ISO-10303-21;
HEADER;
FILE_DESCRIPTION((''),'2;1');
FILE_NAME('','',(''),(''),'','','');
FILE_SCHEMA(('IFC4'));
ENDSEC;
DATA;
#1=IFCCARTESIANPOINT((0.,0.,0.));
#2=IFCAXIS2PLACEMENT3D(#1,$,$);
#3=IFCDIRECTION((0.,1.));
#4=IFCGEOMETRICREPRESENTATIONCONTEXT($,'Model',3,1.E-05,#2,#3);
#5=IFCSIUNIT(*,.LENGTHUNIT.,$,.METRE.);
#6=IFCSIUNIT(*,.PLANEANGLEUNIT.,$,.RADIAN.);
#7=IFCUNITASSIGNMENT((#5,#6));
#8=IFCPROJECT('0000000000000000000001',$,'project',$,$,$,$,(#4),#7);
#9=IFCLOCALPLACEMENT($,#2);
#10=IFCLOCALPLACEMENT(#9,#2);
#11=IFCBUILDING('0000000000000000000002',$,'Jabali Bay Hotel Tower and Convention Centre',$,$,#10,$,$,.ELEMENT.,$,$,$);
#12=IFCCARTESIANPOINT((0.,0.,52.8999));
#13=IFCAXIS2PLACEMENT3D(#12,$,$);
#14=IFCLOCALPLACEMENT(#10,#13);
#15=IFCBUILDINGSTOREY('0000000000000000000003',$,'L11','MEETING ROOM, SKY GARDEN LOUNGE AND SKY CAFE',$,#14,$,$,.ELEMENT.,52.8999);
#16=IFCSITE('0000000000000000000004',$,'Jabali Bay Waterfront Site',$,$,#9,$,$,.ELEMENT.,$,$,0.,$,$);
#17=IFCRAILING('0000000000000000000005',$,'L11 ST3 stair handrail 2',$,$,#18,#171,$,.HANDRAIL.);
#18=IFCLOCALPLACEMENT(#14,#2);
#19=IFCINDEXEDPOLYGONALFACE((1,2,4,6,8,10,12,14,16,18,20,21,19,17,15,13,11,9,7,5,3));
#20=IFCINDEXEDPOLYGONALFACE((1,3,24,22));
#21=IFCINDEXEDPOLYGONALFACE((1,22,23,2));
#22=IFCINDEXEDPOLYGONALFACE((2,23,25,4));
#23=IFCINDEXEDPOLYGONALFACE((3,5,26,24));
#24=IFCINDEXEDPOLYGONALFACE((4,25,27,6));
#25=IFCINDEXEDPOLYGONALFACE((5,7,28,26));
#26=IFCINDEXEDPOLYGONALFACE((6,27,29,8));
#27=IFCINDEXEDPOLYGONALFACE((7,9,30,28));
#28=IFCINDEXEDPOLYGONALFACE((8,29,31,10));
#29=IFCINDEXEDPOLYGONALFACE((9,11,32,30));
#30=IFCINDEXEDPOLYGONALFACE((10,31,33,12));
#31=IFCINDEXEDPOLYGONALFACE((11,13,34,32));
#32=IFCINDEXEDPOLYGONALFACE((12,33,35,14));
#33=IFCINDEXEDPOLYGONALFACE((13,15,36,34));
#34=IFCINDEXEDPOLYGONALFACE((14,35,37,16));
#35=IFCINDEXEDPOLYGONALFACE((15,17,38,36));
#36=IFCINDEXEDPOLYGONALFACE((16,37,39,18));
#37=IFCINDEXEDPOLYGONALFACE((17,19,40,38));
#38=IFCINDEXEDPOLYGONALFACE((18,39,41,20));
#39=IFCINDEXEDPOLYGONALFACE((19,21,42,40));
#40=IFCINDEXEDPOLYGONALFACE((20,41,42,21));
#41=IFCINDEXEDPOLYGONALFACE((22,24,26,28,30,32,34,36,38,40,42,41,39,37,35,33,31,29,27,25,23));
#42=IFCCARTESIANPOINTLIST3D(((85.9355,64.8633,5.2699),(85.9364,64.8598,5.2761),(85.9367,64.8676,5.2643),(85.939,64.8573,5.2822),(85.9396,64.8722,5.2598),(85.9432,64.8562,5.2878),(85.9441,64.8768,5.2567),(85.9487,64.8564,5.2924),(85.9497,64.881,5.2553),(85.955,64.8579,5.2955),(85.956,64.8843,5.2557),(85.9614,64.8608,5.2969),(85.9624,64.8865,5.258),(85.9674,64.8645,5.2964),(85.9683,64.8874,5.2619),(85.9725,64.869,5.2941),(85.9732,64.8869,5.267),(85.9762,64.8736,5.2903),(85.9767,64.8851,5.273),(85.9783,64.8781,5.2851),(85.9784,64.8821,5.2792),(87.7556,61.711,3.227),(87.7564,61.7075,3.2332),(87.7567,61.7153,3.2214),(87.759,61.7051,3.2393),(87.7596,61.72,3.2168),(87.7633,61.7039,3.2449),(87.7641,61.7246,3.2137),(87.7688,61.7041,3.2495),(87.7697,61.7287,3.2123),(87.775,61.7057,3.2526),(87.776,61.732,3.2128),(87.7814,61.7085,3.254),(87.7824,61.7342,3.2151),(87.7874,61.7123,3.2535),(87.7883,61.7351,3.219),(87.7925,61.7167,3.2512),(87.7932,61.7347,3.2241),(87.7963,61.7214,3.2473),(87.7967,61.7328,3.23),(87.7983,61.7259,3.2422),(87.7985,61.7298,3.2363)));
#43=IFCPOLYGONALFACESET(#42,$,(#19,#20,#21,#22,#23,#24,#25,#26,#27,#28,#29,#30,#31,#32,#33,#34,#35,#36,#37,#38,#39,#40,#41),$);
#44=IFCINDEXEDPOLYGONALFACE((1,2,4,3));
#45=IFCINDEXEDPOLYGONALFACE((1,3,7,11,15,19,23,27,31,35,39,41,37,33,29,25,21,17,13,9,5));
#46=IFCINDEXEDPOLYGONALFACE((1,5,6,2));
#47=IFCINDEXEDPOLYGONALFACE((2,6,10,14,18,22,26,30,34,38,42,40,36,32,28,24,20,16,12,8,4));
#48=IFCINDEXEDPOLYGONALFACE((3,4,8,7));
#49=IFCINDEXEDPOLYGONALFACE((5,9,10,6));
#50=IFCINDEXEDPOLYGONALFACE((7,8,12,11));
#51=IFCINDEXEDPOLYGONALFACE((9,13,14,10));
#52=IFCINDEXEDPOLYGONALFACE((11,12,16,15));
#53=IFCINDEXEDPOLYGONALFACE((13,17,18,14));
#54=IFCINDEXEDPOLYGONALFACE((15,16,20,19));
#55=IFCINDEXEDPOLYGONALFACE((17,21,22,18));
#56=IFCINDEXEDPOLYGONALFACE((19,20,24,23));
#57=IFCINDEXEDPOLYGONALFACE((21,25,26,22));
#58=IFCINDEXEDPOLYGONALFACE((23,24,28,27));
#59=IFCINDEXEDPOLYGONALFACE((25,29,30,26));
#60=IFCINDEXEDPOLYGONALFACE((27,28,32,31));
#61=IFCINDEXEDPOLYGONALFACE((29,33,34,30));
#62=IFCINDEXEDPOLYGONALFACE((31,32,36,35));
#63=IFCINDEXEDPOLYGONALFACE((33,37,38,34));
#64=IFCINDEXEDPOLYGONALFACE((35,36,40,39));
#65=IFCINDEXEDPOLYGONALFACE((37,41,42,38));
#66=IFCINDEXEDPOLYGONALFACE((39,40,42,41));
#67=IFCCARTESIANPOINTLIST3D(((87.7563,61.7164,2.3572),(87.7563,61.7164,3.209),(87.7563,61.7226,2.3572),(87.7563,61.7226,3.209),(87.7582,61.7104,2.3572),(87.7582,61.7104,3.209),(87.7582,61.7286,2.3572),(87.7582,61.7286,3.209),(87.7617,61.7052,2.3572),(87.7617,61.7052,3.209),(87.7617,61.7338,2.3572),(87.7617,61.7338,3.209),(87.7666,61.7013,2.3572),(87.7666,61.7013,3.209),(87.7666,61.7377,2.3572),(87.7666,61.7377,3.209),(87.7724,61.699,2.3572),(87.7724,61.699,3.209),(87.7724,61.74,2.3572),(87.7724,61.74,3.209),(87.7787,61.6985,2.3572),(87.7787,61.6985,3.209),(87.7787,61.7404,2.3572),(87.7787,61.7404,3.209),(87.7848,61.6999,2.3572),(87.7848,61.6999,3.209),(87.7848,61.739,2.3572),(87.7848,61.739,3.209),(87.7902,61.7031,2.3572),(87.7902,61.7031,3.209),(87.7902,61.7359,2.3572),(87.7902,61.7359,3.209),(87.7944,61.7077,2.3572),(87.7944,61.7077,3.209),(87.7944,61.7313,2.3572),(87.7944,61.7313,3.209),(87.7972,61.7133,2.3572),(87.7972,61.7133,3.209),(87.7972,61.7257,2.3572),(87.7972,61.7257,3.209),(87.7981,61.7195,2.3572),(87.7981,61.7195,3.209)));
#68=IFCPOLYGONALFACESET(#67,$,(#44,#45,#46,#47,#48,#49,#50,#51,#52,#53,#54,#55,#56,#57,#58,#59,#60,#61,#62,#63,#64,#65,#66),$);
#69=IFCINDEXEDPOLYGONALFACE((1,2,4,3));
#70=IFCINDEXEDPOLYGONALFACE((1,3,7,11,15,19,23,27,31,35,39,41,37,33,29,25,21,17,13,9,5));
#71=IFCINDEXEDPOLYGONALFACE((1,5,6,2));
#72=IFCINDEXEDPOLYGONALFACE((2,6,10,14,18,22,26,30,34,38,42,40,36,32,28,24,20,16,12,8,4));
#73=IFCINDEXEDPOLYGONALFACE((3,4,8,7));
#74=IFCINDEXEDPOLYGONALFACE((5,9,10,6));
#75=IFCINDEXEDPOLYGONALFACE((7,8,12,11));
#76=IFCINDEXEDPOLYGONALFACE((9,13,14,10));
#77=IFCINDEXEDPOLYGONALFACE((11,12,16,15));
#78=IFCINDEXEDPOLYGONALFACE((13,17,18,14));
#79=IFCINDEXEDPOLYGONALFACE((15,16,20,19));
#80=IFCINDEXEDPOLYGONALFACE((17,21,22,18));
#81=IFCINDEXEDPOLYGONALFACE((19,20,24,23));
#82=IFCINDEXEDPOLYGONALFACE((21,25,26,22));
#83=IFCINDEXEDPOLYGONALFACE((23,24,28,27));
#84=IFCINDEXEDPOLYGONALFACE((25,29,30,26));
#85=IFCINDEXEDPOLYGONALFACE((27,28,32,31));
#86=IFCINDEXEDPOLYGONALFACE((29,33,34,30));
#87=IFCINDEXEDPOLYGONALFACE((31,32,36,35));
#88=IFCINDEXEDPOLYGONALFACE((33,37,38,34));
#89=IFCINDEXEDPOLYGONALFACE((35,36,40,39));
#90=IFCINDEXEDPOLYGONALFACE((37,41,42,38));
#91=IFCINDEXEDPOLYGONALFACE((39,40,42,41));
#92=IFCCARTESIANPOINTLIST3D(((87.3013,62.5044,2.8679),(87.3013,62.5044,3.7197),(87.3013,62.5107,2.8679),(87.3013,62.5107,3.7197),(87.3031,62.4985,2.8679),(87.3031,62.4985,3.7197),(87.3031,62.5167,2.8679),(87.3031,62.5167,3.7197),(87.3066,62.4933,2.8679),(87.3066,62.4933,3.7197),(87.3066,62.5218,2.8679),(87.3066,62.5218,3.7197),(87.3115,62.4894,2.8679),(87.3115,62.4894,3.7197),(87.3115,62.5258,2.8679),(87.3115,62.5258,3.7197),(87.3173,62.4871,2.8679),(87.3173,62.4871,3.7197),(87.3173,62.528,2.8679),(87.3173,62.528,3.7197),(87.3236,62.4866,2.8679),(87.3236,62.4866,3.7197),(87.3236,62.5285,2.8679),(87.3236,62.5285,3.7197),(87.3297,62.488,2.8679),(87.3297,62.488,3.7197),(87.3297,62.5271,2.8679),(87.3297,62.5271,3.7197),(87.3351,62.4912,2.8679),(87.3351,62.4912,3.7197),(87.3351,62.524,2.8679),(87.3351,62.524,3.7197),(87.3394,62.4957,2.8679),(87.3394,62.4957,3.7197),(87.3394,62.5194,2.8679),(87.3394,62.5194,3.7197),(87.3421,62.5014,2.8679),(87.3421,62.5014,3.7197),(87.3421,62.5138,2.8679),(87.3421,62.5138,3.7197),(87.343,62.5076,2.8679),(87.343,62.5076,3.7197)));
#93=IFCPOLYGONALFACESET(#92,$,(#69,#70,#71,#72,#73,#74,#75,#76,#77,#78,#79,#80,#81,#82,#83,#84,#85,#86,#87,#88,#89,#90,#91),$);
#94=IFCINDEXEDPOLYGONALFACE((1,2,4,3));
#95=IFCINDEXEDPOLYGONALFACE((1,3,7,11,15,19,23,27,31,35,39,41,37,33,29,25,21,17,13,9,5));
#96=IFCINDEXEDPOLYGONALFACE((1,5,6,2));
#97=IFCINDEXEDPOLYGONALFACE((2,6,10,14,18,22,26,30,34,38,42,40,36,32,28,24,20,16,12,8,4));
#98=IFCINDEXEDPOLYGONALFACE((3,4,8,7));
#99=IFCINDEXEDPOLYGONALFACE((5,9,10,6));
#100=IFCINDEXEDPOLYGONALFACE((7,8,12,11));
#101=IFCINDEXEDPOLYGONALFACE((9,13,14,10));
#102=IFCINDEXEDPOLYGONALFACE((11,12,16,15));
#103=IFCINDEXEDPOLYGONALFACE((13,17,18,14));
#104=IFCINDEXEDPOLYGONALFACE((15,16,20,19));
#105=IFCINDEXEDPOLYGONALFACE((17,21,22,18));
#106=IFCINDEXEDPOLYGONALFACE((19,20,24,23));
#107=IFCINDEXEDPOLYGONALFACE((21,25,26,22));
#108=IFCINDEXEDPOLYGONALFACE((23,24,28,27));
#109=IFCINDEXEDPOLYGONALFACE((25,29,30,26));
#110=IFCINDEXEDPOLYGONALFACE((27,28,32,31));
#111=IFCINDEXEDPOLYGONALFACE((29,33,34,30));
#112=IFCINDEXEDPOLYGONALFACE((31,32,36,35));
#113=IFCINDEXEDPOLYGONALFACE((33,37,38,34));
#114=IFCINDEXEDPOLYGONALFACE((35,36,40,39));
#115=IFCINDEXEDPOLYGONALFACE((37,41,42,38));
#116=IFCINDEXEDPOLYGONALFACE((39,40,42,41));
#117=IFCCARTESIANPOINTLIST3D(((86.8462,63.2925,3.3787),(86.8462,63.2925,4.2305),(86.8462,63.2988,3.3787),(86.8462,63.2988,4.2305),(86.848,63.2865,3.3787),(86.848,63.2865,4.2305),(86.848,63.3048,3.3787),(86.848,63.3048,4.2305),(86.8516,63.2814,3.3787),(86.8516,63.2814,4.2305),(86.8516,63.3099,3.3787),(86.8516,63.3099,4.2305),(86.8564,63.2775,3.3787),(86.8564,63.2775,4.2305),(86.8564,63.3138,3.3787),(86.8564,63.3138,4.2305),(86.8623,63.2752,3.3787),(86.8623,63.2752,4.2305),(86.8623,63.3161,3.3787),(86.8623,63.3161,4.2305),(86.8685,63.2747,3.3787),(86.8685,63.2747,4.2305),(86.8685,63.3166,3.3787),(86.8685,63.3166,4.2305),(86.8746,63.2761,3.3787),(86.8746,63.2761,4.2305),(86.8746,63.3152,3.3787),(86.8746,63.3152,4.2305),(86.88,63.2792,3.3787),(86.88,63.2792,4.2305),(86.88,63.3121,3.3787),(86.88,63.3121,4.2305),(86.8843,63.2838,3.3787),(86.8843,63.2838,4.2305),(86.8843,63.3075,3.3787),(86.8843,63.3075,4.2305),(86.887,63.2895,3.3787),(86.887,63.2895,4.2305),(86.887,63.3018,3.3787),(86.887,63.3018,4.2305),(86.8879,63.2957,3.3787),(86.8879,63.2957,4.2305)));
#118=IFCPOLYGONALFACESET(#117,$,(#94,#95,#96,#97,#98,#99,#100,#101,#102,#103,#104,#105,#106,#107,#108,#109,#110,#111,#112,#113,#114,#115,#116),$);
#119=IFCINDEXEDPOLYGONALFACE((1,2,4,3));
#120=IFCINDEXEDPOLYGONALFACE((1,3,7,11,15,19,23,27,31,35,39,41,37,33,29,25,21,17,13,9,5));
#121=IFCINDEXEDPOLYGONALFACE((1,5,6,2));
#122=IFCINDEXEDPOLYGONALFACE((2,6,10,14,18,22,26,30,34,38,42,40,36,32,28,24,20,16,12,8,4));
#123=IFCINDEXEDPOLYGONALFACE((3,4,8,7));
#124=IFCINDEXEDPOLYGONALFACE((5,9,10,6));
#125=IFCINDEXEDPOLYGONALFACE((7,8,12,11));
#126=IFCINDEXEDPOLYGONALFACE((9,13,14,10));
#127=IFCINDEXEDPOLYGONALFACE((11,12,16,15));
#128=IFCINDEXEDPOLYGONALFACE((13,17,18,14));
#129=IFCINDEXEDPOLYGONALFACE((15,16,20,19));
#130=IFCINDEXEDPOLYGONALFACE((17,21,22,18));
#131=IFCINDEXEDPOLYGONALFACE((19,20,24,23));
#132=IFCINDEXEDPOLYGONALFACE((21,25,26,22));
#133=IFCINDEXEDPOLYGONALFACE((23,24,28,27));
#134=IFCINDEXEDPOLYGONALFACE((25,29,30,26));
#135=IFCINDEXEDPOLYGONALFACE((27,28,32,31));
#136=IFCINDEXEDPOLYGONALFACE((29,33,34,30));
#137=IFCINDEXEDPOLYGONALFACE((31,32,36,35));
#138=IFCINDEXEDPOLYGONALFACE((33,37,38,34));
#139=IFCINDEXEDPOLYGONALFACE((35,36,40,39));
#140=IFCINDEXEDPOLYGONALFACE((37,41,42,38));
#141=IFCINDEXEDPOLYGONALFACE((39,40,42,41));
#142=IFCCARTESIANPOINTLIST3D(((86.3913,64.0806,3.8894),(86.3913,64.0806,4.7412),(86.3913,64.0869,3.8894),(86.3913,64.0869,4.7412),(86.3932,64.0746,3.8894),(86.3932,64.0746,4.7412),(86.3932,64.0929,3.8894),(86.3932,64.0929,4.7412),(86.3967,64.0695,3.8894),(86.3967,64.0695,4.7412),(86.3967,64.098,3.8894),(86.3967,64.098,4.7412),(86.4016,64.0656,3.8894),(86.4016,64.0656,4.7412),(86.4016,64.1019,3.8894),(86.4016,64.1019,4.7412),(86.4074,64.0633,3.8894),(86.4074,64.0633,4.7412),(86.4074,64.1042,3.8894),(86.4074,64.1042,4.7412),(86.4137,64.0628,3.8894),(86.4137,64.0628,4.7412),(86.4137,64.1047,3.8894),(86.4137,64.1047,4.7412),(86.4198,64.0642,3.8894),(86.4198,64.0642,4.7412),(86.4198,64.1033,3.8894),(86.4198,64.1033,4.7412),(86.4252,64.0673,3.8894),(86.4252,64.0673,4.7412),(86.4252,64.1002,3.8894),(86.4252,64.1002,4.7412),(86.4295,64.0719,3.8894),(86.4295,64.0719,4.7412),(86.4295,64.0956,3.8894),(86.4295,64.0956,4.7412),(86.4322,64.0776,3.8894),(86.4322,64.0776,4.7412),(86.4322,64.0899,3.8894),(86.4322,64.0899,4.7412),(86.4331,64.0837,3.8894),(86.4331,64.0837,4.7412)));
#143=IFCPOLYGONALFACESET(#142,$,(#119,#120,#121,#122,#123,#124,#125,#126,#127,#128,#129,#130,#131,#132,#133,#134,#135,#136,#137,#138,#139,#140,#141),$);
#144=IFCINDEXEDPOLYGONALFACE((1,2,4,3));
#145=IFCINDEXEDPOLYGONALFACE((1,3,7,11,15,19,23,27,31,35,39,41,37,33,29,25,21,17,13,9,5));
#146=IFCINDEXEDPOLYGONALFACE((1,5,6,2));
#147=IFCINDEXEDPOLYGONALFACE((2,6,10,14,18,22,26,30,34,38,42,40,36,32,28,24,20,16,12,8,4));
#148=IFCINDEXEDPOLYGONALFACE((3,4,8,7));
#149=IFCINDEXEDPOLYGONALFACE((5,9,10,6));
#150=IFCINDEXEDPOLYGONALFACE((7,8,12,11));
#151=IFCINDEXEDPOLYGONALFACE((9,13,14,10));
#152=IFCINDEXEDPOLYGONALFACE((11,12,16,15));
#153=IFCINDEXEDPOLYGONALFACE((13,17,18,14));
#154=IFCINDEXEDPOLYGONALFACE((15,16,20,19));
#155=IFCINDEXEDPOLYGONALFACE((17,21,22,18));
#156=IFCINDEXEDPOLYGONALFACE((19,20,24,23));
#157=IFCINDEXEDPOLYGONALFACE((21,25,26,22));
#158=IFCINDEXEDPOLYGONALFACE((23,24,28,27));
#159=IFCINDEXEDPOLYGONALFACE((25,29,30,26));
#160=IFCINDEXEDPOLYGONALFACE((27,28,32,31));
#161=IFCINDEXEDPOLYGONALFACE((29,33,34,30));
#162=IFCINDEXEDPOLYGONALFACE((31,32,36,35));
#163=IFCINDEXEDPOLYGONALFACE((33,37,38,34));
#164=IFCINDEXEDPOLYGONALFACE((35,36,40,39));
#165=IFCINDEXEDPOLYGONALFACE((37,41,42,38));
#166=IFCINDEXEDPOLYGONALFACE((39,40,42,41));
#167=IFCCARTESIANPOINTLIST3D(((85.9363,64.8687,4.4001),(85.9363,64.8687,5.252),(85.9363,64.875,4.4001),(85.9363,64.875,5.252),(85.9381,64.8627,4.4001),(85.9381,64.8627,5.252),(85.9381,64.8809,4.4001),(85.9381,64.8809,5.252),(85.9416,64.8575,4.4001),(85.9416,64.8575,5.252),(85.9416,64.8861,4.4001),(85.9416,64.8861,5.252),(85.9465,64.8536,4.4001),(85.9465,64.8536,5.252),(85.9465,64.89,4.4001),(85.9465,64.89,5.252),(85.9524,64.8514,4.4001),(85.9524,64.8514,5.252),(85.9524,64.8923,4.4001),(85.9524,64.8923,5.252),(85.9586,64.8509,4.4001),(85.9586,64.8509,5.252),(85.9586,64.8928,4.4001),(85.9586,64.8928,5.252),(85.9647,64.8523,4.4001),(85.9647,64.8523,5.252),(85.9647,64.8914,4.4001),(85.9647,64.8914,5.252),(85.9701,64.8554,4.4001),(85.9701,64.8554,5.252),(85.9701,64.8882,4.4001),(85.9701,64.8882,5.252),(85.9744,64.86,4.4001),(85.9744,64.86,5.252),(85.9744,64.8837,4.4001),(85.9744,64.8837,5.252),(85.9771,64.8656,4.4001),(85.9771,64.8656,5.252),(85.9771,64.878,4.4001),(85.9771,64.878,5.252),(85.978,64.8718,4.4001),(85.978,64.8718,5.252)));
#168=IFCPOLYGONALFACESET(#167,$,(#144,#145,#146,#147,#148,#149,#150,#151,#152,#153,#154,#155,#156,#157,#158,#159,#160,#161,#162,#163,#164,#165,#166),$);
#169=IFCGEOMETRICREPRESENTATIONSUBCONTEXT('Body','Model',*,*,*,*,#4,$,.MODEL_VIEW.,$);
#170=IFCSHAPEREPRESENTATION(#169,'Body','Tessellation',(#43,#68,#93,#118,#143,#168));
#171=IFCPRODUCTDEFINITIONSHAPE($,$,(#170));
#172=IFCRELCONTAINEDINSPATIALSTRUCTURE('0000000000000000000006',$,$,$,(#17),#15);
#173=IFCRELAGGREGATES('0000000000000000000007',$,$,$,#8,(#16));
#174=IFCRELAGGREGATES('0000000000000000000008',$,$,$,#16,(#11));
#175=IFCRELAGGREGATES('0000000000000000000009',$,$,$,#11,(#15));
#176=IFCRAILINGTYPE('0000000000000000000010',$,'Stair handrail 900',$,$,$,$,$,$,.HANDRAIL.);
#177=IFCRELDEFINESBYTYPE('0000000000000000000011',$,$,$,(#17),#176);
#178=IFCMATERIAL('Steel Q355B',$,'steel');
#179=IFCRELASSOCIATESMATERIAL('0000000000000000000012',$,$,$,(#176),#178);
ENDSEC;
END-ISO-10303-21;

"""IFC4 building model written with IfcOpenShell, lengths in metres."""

from ifc_helpers import new_model, si_unit, direction, frame, origin, origin_2d, place, context, subcontext, project, spatial, circle, extrude, material, type_object, element, save


model = new_model("IFC4")

# Units and contexts
model_context = context("Model", 3, precision=1e-05, world=origin(), true_north=direction((0.0, 1.0)))
body_context = subcontext(model_context, "Body", "Model", "MODEL_VIEW")
ifc_project = project(units=[si_unit("LENGTHUNIT", "METRE"), si_unit("PLANEANGLEUNIT", "RADIAN")], contexts=[model_context])

# Site, building, storey
site_placement = place(None, origin())
site = spatial("IfcSite", under=ifc_project, at=site_placement, Name="Jabali Bay Waterfront Site", CompositionType="ELEMENT", RefElevation=0.0)
building_placement = place(site_placement, origin())
building = spatial("IfcBuilding", under=site, at=building_placement, Name="Jabali Bay Hotel Tower and Convention Centre", CompositionType="ELEMENT")
storey_placement = place(building_placement, frame((0.0, 0.0, 52.8999)))
storey = spatial("IfcBuildingStorey", under=building, at=storey_placement, Name="L11", Description="MEETING ROOM, SKY GARDEN LOUNGE AND SKY CAFE", CompositionType="ELEMENT", Elevation=52.8999)

# Railing
ifc_material_1 = material(Name="Steel Q355B", Category="steel")
railing_type_1 = type_object("IfcRailingType", Name="Stair handrail 900", PredefinedType="HANDRAIL", material=ifc_material_1)
railing_1_placement = place(storey_placement, frame((87.7771, 61.7195, 2.3572)))
element("IfcRailing", 1, at=railing_1_placement, inside=storey, type_object=railing_type_1, Name="L11 ST3 stair handrail 2", PredefinedType="HANDRAIL", context=body_context, shape_type="SweptSolid", body=[
    extrude(circle(Radius=0.0239, at=origin_2d()), frame((0.0, 0.0, 0.876), z_axis=(-0.436032, 0.755204, 0.489432), x_axis=(-0.866018, -0.500013, 0.0)), (0.0, 0.0, 1.0), 4.1741),
    extrude(circle(Radius=0.021, at=origin_2d()), origin(), (0.0, 0.0, 1.0), 0.8518),
    extrude(circle(Radius=0.021, at=origin_2d()), frame((-0.4551, 0.7881, 0.5107)), (0.0, 0.0, 1.0), 0.8518),
    extrude(circle(Radius=0.021, at=origin_2d()), frame((-0.9102, 1.5762, 1.0215)), (0.0, 0.0, 1.0), 0.8518),
    extrude(circle(Radius=0.021, at=origin_2d()), frame((-1.365, 2.3643, 1.5322)), (0.0, 0.0, 1.0), 0.8518),
    extrude(circle(Radius=0.021, at=origin_2d()), frame((-1.8201, 3.1523, 2.043)), (0.0, 0.0, 1.0), 0.8518),
])

save(model, "model.ifc")
